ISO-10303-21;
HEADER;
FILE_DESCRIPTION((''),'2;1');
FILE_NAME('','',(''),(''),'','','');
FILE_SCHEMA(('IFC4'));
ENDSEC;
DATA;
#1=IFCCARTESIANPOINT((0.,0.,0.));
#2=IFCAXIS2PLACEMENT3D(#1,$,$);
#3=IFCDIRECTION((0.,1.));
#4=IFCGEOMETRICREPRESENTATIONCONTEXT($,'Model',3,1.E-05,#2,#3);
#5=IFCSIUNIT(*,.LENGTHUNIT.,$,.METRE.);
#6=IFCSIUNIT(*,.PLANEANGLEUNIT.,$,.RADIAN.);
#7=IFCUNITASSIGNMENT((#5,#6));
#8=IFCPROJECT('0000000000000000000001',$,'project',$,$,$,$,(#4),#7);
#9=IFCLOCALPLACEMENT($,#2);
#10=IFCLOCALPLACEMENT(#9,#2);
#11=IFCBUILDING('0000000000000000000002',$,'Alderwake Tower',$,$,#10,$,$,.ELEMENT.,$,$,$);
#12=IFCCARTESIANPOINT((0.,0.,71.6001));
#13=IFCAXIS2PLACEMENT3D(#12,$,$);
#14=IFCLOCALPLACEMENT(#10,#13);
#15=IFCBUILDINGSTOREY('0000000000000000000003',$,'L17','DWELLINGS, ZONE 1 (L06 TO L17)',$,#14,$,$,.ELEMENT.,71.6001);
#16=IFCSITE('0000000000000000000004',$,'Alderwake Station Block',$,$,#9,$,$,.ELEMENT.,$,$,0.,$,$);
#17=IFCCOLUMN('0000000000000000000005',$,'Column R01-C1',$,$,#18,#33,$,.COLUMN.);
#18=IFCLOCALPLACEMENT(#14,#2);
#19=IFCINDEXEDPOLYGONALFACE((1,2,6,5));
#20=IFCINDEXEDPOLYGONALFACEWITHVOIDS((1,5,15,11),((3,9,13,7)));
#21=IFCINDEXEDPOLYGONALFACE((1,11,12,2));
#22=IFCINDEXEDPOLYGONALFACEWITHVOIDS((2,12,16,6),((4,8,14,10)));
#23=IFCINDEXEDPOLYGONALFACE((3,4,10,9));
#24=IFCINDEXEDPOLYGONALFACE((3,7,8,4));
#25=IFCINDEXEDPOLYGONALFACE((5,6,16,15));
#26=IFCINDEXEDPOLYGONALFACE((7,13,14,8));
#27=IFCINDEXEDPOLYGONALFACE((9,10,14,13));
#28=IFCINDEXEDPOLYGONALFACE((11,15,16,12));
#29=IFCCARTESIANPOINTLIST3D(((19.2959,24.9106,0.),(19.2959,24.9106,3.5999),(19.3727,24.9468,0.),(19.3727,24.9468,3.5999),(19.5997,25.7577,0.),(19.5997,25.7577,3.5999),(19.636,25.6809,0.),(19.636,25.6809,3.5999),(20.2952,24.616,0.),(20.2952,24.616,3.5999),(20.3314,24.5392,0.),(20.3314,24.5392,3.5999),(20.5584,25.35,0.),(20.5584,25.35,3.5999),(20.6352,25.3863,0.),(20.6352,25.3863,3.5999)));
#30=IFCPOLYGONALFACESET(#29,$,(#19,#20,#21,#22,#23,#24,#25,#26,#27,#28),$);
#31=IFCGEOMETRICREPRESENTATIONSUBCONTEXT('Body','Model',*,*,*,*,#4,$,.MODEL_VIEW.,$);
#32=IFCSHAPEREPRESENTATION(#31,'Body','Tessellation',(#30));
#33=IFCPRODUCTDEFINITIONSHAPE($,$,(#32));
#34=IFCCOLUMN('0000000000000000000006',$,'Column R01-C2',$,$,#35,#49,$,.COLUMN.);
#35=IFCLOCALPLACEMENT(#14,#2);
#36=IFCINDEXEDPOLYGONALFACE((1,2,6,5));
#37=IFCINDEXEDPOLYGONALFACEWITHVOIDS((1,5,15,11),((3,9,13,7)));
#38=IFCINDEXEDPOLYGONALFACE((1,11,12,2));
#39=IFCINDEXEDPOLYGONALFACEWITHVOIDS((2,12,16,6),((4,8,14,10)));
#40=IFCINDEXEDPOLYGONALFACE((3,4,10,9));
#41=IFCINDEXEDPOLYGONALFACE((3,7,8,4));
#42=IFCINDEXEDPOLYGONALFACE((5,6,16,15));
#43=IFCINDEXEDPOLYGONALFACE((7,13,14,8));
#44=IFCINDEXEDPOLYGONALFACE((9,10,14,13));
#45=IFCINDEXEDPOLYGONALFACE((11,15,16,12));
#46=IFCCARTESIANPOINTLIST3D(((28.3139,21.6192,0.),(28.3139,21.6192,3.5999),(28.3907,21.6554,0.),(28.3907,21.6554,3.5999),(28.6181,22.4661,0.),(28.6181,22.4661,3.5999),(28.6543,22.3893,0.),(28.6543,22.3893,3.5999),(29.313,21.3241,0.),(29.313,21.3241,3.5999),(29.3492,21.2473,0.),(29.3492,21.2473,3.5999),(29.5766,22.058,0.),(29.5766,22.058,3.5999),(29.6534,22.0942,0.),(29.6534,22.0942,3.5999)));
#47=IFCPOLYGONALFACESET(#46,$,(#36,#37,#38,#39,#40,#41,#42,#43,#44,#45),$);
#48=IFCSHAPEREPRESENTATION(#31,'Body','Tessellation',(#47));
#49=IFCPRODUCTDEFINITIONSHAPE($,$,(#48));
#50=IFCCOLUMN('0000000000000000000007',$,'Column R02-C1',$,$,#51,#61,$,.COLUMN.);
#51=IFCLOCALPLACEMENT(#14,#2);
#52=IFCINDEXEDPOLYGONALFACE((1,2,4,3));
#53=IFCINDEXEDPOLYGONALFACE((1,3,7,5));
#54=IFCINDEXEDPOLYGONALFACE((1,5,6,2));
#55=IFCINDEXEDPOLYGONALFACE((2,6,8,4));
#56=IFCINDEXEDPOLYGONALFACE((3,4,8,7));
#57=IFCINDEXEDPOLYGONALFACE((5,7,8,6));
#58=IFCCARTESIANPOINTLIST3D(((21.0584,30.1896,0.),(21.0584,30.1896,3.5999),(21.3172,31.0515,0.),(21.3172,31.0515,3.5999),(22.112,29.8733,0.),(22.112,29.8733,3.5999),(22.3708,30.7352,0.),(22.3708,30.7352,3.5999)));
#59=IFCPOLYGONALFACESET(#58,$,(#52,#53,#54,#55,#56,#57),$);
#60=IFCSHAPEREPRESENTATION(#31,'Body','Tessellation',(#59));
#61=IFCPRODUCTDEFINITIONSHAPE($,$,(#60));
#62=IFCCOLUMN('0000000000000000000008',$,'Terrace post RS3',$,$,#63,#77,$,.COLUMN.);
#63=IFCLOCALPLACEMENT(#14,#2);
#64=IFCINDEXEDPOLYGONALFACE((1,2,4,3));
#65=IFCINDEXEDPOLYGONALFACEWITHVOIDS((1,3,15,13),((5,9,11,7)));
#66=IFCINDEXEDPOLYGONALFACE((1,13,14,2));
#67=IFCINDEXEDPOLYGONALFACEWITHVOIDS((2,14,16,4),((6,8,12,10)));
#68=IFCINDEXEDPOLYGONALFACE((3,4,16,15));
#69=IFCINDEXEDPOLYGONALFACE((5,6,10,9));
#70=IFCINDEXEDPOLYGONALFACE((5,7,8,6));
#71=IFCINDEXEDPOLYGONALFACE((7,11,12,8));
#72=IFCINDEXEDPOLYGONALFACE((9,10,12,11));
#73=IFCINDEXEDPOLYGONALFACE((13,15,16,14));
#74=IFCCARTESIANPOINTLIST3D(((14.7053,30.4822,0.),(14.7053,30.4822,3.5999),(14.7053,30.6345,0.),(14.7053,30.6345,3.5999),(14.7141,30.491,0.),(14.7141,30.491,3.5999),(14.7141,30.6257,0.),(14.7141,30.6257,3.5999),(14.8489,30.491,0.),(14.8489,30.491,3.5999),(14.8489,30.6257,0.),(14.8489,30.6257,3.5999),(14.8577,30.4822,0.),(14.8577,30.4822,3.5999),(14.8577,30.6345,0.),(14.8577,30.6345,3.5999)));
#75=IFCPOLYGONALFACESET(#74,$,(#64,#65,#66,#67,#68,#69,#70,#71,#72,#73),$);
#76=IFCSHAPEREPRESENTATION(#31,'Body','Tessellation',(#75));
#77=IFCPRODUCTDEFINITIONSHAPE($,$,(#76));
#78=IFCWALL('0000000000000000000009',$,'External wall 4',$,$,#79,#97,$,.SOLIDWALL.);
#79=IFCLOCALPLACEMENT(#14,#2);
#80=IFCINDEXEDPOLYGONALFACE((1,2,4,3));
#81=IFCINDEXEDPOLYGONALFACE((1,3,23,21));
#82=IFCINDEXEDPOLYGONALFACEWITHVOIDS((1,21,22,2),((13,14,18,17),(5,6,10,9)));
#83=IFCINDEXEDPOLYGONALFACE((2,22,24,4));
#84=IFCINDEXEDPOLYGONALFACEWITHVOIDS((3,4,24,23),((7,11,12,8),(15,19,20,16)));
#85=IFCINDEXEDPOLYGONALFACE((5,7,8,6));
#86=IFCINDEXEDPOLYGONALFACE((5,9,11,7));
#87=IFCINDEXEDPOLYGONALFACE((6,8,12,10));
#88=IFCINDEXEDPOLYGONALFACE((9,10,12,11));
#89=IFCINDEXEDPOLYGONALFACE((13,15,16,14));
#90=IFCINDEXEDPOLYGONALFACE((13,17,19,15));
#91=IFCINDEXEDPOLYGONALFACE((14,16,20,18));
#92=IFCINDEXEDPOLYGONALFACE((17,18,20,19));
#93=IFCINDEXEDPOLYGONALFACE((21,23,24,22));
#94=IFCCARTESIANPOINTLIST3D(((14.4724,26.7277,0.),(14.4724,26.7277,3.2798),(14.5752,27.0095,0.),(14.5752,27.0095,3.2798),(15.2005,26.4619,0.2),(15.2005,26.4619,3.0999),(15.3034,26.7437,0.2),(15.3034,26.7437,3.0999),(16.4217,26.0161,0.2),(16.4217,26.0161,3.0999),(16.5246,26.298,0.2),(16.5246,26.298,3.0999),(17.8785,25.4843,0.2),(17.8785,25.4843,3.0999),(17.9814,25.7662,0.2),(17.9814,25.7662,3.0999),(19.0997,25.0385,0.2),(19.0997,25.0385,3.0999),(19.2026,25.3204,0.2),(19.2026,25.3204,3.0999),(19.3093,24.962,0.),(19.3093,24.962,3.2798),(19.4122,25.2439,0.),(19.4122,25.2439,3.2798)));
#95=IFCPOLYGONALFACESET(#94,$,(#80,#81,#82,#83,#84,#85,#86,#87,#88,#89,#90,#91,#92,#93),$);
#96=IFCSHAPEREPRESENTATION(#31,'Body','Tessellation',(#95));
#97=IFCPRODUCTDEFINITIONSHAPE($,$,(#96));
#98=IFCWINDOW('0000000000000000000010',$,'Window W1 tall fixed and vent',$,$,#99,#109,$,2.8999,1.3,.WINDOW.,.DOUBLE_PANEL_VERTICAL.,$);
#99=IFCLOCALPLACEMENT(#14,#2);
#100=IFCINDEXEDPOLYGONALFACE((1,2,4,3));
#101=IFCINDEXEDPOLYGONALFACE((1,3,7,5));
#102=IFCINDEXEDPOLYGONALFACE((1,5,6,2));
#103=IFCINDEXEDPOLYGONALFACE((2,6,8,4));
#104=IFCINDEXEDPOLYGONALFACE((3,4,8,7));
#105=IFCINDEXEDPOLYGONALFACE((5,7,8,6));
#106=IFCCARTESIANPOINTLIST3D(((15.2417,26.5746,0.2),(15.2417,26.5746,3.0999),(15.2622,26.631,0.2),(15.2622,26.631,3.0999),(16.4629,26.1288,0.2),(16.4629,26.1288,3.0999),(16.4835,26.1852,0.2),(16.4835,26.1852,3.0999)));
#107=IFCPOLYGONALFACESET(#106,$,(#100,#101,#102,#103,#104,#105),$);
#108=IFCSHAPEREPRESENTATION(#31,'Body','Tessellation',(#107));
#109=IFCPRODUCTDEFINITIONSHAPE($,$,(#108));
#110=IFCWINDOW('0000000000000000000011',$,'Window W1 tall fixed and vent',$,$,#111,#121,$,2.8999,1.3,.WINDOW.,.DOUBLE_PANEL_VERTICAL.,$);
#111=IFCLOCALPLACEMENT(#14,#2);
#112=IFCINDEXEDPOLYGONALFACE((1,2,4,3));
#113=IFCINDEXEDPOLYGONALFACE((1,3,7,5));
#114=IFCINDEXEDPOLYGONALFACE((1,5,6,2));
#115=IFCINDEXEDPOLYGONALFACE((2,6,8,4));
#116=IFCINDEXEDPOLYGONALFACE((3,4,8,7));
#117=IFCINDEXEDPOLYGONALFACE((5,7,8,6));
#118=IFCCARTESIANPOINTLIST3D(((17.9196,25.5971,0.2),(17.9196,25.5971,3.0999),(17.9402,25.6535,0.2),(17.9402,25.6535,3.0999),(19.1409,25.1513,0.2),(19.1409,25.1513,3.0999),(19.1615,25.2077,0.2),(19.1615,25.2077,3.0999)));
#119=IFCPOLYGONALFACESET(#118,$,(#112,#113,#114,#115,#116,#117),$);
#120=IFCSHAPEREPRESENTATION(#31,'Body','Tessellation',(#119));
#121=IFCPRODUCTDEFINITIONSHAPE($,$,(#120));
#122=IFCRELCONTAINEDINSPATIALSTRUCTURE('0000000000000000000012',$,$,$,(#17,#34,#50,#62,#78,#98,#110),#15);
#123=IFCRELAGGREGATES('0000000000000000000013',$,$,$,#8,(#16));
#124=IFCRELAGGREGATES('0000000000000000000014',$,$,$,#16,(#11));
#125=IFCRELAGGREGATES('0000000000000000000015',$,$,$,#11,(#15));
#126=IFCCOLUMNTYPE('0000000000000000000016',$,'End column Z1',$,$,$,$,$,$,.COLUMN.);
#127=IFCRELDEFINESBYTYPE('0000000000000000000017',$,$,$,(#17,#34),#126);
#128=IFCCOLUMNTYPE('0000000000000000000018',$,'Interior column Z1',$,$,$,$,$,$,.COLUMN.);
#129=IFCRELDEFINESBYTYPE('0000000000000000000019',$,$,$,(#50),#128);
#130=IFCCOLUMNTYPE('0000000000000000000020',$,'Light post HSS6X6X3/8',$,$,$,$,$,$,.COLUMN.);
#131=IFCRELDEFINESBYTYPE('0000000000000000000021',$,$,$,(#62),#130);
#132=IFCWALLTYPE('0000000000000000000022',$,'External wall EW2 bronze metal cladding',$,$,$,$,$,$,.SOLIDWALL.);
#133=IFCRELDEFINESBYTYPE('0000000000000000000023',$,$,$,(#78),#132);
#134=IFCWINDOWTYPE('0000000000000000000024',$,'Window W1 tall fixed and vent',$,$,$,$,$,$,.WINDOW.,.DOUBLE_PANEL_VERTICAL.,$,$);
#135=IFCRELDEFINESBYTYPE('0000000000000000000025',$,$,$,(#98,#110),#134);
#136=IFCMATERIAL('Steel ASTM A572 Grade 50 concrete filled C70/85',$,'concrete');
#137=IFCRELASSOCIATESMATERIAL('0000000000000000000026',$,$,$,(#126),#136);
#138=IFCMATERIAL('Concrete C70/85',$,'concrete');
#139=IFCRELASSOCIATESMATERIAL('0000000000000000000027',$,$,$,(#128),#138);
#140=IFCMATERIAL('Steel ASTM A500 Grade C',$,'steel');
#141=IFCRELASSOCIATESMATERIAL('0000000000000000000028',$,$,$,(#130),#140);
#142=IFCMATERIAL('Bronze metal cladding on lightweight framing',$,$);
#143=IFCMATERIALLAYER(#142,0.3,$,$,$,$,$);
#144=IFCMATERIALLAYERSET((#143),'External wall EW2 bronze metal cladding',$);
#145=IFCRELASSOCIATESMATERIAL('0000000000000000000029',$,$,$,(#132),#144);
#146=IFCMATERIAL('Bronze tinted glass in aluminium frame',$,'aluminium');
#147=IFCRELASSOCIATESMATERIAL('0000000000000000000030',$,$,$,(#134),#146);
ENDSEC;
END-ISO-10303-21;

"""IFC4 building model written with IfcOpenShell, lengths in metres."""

from ifc_helpers import new_model, si_unit, direction, frame, frame_2d, origin, origin_2d, place, context, subcontext, project, spatial, rectangle, hollow_rectangle, extrude, material, layer, layer_set, material_profile, profile_set, type_object, element, fill, save


model = new_model("IFC4")

# Units and contexts
model_context = context("Model", 3, precision=1e-05, world=origin(), true_north=direction((0.0, 1.0)))
body_context = subcontext(model_context, "Body", "Model", "MODEL_VIEW")
ifc_project = project(units=[si_unit("LENGTHUNIT", "METRE"), si_unit("PLANEANGLEUNIT", "RADIAN")], contexts=[model_context])

# Site, building, storey
site_placement = place(None, origin())
site = spatial("IfcSite", under=ifc_project, at=site_placement, Name="Alderwake Station Block", CompositionType="ELEMENT", RefElevation=0.0)
building_placement = place(site_placement, origin())
building = spatial("IfcBuilding", under=site, at=building_placement, Name="Alderwake Tower", CompositionType="ELEMENT")
storey_placement = place(building_placement, frame((0.0, 0.0, 71.6001)))
storey = spatial("IfcBuildingStorey", under=building, at=storey_placement, Name="L17", Description="DWELLINGS, ZONE 1 (L06 TO L17)", CompositionType="ELEMENT", Elevation=71.6001)

# Columns
ifc_material_1 = material(Name="Steel ASTM A572 Grade 50 concrete filled C70/85", Category="concrete")
ifc_material_profile_1 = material_profile(ifc_material_1, hollow_rectangle(XDim=0.8999, YDim=1.1001, WallThickness=0.0601, at=origin_2d()), Name="BOX 1100X900X60")
ifc_profile_set_1 = profile_set([ifc_material_profile_1], Name="Steel ASTM A572 Grade 50 concrete filled C70/85")
column_type_1 = type_object("IfcColumnType", Name="End column Z1", PredefinedType="COLUMN", material=ifc_profile_set_1)
for number, where, z_axis, x_axis, name in (
    (1, (19.9656, 25.1484, 0.0), (0.0, 0.0, 1.0), (0.337585, 0.941295, 0.0), "Column R01-C1"),
    (2, (28.9836, 21.8567, 0.0), (0.0, 0.0, 1.0), (0.338027, 0.941136, 0.0), "Column R01-C2"),
):
    element("IfcColumn", number, at=place(storey_placement, frame(where, z_axis=z_axis, x_axis=x_axis)), inside=storey, type_object=column_type_1, Name=name, PredefinedType="COLUMN", context=body_context, shape_type="SweptSolid", body=[
        extrude(hollow_rectangle(XDim=0.8999, YDim=1.1001, WallThickness=0.0601, at=origin_2d()), origin(), (0.0, 0.0, 1.0), 3.5999),
    ])
ifc_material_2 = material(Name="Concrete C70/85", Category="concrete")
ifc_material_profile_2 = material_profile(ifc_material_2, rectangle(XDim=0.8999, YDim=1.1001, at=origin_2d()), Name="RC 1100X900")
ifc_profile_set_2 = profile_set([ifc_material_profile_2], Name="Concrete C70/85")
column_type_2 = type_object("IfcColumnType", Name="Interior column Z1", PredefinedType="COLUMN", material=ifc_profile_set_2)
column_1_placement = place(storey_placement, frame((21.7146, 30.4624, 0.0), z_axis=(0.0, 0.0, 1.0), x_axis=(0.287549, 0.957766, 0.0)))
element("IfcColumn", 3, at=column_1_placement, inside=storey, type_object=column_type_2, Name="Column R02-C1", PredefinedType="COLUMN", context=body_context, shape_type="SweptSolid", body=[
    extrude(rectangle(XDim=0.8999, YDim=1.1001, at=origin_2d()), origin(), (0.0, 0.0, 1.0), 3.5999),
])
ifc_material_3 = material(Name="Steel ASTM A500 Grade C", Category="steel")
ifc_material_profile_3 = material_profile(ifc_material_3, hollow_rectangle(XDim=0.1523, YDim=0.1523, WallThickness=0.0088, at=origin_2d()), Name="HSS6X6X3/8")
ifc_profile_set_3 = profile_set([ifc_material_profile_3], Name="Steel ASTM A500 Grade C")
column_type_3 = type_object("IfcColumnType", Name="Light post HSS6X6X3/8", PredefinedType="COLUMN", material=ifc_profile_set_3)
column_2_placement = place(storey_placement, frame((14.7815, 30.5583, 0.0), z_axis=(0.0, 0.0, 1.0), x_axis=(1.0, 0.0, 0.0)))
element("IfcColumn", 4, at=column_2_placement, inside=storey, type_object=column_type_3, Name="Terrace post RS3", PredefinedType="COLUMN", context=body_context, shape_type="SweptSolid", body=[
    extrude(hollow_rectangle(XDim=0.1523, YDim=0.1523, WallThickness=0.0088, at=origin_2d()), origin(), (0.0, 0.0, 1.0), 3.5999),
])

# Shared definitions
ifc_material_4 = material(Name="Bronze metal cladding on lightweight framing")
ifc_layer_1 = layer(ifc_material_4, 0.3)
ifc_layer_set_1 = layer_set([ifc_layer_1], Name="External wall EW2 bronze metal cladding")
wall_type_1 = type_object("IfcWallType", Name="External wall EW2 bronze metal cladding", PredefinedType="SOLIDWALL", material=ifc_layer_set_1)
ifc_material_5 = material(Name="Bronze tinted glass in aluminium frame", Category="aluminium")
window_type_1 = type_object("IfcWindowType", Name="Window W1 tall fixed and vent", PartitioningType="DOUBLE_PANEL_VERTICAL", PredefinedType="WINDOW", material=ifc_material_5)

# Wall, openings, windows
wall_1_placement = place(storey_placement, frame((14.5237, 26.8687, 0.0), z_axis=(0.0, 0.0, 1.0), x_axis=(0.939372, -0.3429, 0.0)))
wall_1 = element("IfcWall", 5, at=wall_1_placement, inside=storey, type_object=wall_type_1, Name="External wall 4", PredefinedType="SOLIDWALL", context=body_context, shape_type="SweptSolid", body=[
    extrude(rectangle(XDim=5.1492, YDim=0.3, at=frame_2d((2.5747, 0.0))), origin(), (0.0, 0.0, 1.0), 3.2798),
])
opening_1_placement = place(wall_1_placement, frame((0.7754, 0.0, 0.2)))
opening_1 = element("IfcOpeningElement", 6, at=opening_1_placement, cuts=wall_1, PredefinedType="OPENING", context=body_context, shape_type="SweptSolid", body=[
    extrude(rectangle(XDim=1.3, YDim=2.8999, at=frame_2d((0.6499, 1.45))), frame((0.0, 0.1599, 0.0), z_axis=(0.0, -1.0, 0.0), x_axis=(1.0, 0.0, 0.0)), (0.0, 0.0, 1.0), 0.3201),
])
opening_2_placement = place(wall_1_placement, frame((3.6262, 0.0, 0.2)))
opening_2 = element("IfcOpeningElement", 7, at=opening_2_placement, cuts=wall_1, PredefinedType="OPENING", context=body_context, shape_type="SweptSolid", body=[
    extrude(rectangle(XDim=1.3, YDim=2.8999, at=frame_2d((0.6499, 1.45))), frame((0.0, 0.1599, 0.0), z_axis=(0.0, -1.0, 0.0), x_axis=(1.0, 0.0, 0.0)), (0.0, 0.0, 1.0), 0.3201),
])
window_1_placement = place(opening_1_placement, origin())
window_1 = element("IfcWindow", 8, at=window_1_placement, inside=storey, type_object=window_type_1, Name="Window W1 tall fixed and vent", OverallHeight=2.8999, OverallWidth=1.3, PartitioningType="DOUBLE_PANEL_VERTICAL", PredefinedType="WINDOW", context=body_context, shape_type="SweptSolid", body=[
    extrude(rectangle(XDim=1.3, YDim=2.8999, at=frame_2d((0.6499, 1.45))), frame((0.0, 0.03, 0.0), z_axis=(0.0, -1.0, 0.0), x_axis=(1.0, 0.0, 0.0)), (0.0, 0.0, 1.0), 0.0601),
])
fill(opening_1, window_1)
window_2_placement = place(opening_2_placement, origin())
window_2 = element("IfcWindow", 9, at=window_2_placement, inside=storey, type_object=window_type_1, Name="Window W1 tall fixed and vent", OverallHeight=2.8999, OverallWidth=1.3, PartitioningType="DOUBLE_PANEL_VERTICAL", PredefinedType="WINDOW", context=body_context, shape_type="SweptSolid", body=[
    extrude(rectangle(XDim=1.3, YDim=2.8999, at=frame_2d((0.6499, 1.45))), frame((0.0, 0.03, 0.0), z_axis=(0.0, -1.0, 0.0), x_axis=(1.0, 0.0, 0.0)), (0.0, 0.0, 1.0), 0.0601),
])
fill(opening_2, window_2)

save(model, "model.ifc")
